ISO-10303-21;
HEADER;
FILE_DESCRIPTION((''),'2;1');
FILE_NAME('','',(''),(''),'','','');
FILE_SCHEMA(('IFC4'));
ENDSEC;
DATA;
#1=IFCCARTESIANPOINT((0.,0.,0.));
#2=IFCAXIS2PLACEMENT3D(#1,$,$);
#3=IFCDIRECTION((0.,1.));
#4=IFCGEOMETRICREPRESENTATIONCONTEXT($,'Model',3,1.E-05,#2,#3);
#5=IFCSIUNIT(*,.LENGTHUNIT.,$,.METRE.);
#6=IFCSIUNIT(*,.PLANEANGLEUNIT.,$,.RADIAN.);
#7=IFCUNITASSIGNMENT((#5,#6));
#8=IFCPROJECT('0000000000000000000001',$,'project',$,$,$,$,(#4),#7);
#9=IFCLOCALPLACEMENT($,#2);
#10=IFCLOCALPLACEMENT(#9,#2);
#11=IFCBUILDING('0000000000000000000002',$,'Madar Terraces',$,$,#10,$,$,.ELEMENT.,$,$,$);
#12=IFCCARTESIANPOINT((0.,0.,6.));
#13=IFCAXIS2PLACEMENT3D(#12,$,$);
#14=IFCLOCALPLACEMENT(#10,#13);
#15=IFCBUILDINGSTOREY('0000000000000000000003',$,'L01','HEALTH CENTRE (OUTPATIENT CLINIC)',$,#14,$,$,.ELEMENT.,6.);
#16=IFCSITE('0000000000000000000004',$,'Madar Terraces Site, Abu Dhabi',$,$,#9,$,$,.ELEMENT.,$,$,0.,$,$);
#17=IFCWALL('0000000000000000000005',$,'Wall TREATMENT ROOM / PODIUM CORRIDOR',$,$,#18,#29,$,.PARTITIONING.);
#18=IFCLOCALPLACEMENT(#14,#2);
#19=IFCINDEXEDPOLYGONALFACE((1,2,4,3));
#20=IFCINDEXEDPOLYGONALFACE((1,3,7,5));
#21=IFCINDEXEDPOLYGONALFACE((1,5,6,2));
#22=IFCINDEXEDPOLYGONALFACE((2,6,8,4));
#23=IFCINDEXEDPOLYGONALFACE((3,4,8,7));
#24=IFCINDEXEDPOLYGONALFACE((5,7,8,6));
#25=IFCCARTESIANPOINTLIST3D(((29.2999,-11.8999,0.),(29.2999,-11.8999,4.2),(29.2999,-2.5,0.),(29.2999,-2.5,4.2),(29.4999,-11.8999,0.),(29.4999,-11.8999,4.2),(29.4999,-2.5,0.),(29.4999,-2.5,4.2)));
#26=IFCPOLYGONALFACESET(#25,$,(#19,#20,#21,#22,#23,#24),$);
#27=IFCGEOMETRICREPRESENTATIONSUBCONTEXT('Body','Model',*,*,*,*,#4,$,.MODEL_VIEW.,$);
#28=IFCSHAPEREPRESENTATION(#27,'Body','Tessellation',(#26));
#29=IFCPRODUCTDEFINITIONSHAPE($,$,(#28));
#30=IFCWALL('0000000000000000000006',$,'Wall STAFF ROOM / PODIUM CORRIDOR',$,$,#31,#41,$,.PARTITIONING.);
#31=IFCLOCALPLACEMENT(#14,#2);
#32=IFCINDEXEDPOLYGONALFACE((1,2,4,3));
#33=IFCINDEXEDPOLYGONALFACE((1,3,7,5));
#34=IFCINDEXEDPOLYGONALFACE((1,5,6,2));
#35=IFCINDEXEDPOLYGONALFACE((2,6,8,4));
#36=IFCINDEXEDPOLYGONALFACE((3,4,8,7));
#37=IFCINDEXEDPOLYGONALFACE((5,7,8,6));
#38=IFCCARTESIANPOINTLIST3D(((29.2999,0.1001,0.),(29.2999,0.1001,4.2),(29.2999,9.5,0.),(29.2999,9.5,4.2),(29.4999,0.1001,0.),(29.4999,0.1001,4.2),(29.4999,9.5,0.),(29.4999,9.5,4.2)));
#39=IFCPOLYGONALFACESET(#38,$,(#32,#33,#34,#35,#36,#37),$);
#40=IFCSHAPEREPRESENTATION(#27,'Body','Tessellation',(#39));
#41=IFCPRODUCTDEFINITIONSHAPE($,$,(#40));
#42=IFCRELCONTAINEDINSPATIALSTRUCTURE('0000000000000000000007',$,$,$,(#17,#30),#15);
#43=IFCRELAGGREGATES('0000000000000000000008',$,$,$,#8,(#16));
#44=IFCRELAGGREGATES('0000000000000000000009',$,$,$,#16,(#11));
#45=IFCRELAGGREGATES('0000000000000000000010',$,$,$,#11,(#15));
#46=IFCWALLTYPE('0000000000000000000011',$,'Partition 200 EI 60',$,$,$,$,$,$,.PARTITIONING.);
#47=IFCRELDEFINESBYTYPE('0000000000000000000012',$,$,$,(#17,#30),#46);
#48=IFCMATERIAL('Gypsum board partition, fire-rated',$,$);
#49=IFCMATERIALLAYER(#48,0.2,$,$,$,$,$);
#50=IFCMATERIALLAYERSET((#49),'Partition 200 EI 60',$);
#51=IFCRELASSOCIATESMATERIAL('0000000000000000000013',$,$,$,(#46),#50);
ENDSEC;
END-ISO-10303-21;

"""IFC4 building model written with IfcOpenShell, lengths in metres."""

from ifc_helpers import new_model, si_unit, direction, frame, frame_2d, origin, place, context, subcontext, project, spatial, rectangle, extrude, material, layer, layer_set, type_object, element, save


model = new_model("IFC4")

# Units and contexts
model_context = context("Model", 3, precision=1e-05, world=origin(), true_north=direction((0.0, 1.0)))
body_context = subcontext(model_context, "Body", "Model", "MODEL_VIEW")
ifc_project = project(units=[si_unit("LENGTHUNIT", "METRE"), si_unit("PLANEANGLEUNIT", "RADIAN")], contexts=[model_context])

# Site, building, storey
site_placement = place(None, origin())
site = spatial("IfcSite", under=ifc_project, at=site_placement, Name="Madar Terraces Site, Abu Dhabi", CompositionType="ELEMENT", RefElevation=0.0)
building_placement = place(site_placement, origin())
building = spatial("IfcBuilding", under=site, at=building_placement, Name="Madar Terraces", CompositionType="ELEMENT")
storey_placement = place(building_placement, frame((0.0, 0.0, 6.0)))
storey = spatial("IfcBuildingStorey", under=building, at=storey_placement, Name="L01", Description="HEALTH CENTRE (OUTPATIENT CLINIC)", CompositionType="ELEMENT", Elevation=6.0)

# Shared definitions
ifc_material_1 = material(Name="Gypsum board partition, fire-rated")
ifc_layer = layer(ifc_material_1, 0.2)
ifc_layer_set = layer_set([ifc_layer], Name="Partition 200 EI 60")
wall_type = type_object("IfcWallType", Name="Partition 200 EI 60", PredefinedType="PARTITIONING", material=ifc_layer_set)

# Walls
for number, where, z_axis, x_axis, name in (
    (1, (29.3999, -11.8999, 0.0), (0.0, 0.0, 1.0), (0.0, 1.0, 0.0), "Wall TREATMENT ROOM / PODIUM CORRIDOR"),
    (2, (29.3999, 0.1001, 0.0), (0.0, 0.0, 1.0), (0.0, 1.0, 0.0), "Wall STAFF ROOM / PODIUM CORRIDOR"),
):
    element("IfcWall", number, at=place(storey_placement, frame(where, z_axis=z_axis, x_axis=x_axis)), inside=storey, type_object=wall_type, Name=name, PredefinedType="PARTITIONING", context=body_context, shape_type="SweptSolid", body=[
        extrude(rectangle(XDim=9.3999, YDim=0.2, at=frame_2d((4.7, 0.0))), origin(), (0.0, 0.0, 1.0), 4.2),
    ])

save(model, "model.ifc")
